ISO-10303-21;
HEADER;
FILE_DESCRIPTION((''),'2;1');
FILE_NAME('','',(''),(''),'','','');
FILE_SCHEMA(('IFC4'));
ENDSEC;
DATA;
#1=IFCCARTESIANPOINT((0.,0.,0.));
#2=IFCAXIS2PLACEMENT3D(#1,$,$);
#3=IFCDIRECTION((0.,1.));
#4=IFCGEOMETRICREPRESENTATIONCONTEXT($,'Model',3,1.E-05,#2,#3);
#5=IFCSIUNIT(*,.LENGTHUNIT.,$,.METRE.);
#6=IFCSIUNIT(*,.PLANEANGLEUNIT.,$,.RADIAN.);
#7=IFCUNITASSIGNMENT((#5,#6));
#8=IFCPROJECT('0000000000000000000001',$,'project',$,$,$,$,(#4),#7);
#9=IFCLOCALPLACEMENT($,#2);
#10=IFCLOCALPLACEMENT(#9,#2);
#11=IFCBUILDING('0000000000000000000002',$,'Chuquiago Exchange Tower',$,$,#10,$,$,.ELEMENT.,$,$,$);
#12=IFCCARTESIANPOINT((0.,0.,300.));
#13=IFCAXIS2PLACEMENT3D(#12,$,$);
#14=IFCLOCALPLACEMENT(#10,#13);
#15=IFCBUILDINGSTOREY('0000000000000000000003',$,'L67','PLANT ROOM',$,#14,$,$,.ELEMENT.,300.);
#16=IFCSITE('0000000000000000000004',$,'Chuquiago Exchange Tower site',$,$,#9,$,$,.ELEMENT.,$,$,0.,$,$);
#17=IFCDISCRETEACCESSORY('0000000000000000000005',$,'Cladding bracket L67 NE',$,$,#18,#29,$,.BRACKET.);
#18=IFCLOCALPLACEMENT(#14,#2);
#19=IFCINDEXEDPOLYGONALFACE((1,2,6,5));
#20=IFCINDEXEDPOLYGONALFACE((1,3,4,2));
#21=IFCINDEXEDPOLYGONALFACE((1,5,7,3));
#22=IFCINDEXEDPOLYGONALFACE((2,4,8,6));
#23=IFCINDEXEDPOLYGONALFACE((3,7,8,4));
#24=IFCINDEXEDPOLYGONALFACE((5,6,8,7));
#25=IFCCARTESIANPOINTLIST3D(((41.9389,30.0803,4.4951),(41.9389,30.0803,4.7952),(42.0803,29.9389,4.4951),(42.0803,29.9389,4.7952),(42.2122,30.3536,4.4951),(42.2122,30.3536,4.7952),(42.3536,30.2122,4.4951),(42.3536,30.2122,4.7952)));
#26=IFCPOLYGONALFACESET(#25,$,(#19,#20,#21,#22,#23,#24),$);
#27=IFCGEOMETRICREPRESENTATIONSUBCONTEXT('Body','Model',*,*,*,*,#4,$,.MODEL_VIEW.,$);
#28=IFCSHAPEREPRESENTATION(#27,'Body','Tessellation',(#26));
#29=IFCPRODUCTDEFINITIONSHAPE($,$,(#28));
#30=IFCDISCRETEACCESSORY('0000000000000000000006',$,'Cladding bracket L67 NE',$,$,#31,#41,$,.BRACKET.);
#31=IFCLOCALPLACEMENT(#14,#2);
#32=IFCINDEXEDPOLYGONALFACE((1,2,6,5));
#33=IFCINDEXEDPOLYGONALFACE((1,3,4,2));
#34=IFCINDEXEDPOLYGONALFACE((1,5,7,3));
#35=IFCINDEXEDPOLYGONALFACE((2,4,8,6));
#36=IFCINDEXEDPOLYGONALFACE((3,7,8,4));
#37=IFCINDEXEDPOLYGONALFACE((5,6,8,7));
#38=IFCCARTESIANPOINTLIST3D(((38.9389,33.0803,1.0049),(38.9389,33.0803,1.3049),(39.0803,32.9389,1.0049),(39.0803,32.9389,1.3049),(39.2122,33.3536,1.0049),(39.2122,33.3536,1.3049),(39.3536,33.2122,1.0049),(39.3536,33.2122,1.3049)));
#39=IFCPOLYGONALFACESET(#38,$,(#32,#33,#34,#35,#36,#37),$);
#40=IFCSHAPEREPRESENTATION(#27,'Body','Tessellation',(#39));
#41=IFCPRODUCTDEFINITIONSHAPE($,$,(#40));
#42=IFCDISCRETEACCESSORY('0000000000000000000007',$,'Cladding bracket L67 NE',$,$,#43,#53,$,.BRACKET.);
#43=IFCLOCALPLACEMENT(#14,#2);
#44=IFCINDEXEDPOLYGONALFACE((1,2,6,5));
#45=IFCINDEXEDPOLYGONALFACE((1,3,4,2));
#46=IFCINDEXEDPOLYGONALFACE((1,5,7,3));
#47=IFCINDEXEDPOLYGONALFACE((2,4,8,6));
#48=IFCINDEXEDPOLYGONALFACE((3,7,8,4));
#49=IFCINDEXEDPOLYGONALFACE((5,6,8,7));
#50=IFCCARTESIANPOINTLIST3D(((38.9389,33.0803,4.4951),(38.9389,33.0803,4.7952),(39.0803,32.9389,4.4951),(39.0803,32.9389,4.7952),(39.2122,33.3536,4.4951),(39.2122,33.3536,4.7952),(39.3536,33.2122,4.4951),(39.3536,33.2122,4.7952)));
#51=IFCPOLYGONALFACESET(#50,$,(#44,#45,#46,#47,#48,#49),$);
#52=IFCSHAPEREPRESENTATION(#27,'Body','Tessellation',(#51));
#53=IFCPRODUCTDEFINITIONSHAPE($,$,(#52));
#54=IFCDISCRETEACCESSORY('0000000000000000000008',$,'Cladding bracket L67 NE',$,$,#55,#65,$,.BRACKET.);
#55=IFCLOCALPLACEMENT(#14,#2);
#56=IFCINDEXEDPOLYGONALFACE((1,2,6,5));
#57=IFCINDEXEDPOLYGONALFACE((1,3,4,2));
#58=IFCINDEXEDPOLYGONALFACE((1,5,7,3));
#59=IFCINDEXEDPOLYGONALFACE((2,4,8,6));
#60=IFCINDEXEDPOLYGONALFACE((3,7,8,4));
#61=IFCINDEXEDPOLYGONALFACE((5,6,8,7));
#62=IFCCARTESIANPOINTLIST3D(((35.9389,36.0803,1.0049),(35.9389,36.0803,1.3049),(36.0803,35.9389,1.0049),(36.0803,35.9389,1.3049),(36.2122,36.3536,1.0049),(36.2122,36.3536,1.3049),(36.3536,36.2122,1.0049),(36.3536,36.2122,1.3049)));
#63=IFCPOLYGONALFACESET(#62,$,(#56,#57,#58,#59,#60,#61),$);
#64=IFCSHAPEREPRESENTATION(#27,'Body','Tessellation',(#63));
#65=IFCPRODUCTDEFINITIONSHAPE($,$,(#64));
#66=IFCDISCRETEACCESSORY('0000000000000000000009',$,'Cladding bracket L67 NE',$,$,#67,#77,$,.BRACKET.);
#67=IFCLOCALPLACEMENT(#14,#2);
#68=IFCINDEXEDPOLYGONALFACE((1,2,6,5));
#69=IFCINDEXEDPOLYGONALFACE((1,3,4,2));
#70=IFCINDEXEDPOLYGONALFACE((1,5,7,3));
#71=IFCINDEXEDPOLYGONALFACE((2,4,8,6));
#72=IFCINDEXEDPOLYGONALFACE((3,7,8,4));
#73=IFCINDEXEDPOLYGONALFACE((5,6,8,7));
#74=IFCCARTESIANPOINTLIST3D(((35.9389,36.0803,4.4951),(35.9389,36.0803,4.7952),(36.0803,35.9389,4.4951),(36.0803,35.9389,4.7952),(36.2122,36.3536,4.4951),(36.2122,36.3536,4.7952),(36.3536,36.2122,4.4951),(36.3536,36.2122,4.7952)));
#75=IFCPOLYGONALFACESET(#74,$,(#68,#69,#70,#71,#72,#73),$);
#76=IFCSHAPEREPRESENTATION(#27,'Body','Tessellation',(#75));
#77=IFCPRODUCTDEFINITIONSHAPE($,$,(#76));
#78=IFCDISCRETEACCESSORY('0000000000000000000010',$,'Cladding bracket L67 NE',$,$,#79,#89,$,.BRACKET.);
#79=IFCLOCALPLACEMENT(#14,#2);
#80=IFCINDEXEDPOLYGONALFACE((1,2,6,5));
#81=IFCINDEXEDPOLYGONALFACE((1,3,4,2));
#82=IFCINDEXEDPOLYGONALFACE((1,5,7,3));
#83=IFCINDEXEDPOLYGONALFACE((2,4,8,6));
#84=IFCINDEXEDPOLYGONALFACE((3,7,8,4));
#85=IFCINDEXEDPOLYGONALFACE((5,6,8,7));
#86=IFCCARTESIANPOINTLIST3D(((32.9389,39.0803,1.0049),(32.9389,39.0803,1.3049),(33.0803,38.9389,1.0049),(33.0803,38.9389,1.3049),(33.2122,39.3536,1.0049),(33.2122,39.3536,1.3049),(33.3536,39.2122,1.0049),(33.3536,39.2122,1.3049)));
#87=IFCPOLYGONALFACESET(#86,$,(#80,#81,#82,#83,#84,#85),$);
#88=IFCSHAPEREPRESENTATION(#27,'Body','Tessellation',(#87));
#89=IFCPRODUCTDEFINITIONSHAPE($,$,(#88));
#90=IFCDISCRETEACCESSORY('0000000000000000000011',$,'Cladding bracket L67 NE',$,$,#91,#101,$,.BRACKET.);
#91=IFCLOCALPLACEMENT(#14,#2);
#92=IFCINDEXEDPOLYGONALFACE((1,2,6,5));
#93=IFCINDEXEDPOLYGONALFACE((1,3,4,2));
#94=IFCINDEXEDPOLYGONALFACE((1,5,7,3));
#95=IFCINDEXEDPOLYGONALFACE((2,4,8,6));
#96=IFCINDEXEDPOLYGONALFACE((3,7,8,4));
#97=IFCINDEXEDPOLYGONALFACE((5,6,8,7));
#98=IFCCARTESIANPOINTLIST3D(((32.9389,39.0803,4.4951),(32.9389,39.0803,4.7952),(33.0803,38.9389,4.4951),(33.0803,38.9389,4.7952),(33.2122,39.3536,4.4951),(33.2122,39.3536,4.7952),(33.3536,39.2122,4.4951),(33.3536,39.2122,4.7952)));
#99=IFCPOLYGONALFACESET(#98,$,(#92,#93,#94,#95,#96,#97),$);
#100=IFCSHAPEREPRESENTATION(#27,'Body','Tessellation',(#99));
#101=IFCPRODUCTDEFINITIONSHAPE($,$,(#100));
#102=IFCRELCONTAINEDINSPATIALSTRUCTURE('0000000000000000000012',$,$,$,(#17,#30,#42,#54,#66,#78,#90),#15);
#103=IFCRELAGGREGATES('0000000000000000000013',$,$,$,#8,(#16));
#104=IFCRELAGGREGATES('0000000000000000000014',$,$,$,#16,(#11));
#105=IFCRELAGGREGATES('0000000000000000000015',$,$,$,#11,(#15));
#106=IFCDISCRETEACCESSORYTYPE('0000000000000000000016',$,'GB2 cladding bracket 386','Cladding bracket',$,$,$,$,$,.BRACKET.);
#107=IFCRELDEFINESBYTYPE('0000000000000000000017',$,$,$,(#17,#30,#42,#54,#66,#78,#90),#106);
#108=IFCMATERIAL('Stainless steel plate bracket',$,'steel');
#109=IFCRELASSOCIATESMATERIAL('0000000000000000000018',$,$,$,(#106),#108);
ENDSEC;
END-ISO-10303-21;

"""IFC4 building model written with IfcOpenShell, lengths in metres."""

from ifc_helpers import new_model, si_unit, direction, frame, origin, origin_2d, place, context, subcontext, project, spatial, rectangle, extrude, material, type_object, element, save


model = new_model("IFC4")

# Units and contexts
model_context = context("Model", 3, precision=1e-05, world=origin(), true_north=direction((0.0, 1.0)))
body_context = subcontext(model_context, "Body", "Model", "MODEL_VIEW")
ifc_project = project(units=[si_unit("LENGTHUNIT", "METRE"), si_unit("PLANEANGLEUNIT", "RADIAN")], contexts=[model_context])

# Site, building, storey
site_placement = place(None, origin())
site = spatial("IfcSite", under=ifc_project, at=site_placement, Name="Chuquiago Exchange Tower site", CompositionType="ELEMENT", RefElevation=0.0)
building_placement = place(site_placement, origin())
building = spatial("IfcBuilding", under=site, at=building_placement, Name="Chuquiago Exchange Tower", CompositionType="ELEMENT")
storey_placement = place(building_placement, frame((0.0, 0.0, 300.0)))
storey = spatial("IfcBuildingStorey", under=building, at=storey_placement, Name="L67", Description="PLANT ROOM", CompositionType="ELEMENT", Elevation=300.0)

# Discrete accessories
ifc_material_1 = material(Name="Stainless steel plate bracket", Category="steel")
discrete_accessory_type = type_object("IfcDiscreteAccessoryType", Name="GB2 cladding bracket 386", Description="Cladding bracket", PredefinedType="BRACKET", material=ifc_material_1)
for number, where, z_axis, x_axis, name in (
    (1, (42.1462, 30.1462, 4.4951), (0.0, 0.0, 1.0), (-0.707107, 0.707107, 0.0), "Cladding bracket L67 NE"),
    (2, (39.1462, 33.1462, 1.0049), (0.0, 0.0, 1.0), (-0.707107, 0.707107, 0.0), "Cladding bracket L67 NE"),
    (3, (39.1462, 33.1462, 4.4951), (0.0, 0.0, 1.0), (-0.707107, 0.707107, 0.0), "Cladding bracket L67 NE"),
    (4, (36.1462, 36.1462, 1.0049), (0.0, 0.0, 1.0), (-0.707107, 0.707107, 0.0), "Cladding bracket L67 NE"),
    (5, (36.1462, 36.1462, 4.4951), (0.0, 0.0, 1.0), (-0.707107, 0.707107, 0.0), "Cladding bracket L67 NE"),
    (6, (33.1462, 39.1462, 1.0049), (0.0, 0.0, 1.0), (-0.707107, 0.707107, 0.0), "Cladding bracket L67 NE"),
    (7, (33.1462, 39.1462, 4.4951), (0.0, 0.0, 1.0), (-0.707107, 0.707107, 0.0), "Cladding bracket L67 NE"),
):
    element("IfcDiscreteAccessory", number, at=place(storey_placement, frame(where, z_axis=z_axis, x_axis=x_axis)), inside=storey, type_object=discrete_accessory_type, Name=name, PredefinedType="BRACKET", context=body_context, shape_type="SweptSolid", body=[
        extrude(rectangle(XDim=0.2, YDim=0.3865, at=origin_2d()), origin(), (0.0, 0.0, 1.0), 0.3),
    ])

save(model, "model.ifc")
